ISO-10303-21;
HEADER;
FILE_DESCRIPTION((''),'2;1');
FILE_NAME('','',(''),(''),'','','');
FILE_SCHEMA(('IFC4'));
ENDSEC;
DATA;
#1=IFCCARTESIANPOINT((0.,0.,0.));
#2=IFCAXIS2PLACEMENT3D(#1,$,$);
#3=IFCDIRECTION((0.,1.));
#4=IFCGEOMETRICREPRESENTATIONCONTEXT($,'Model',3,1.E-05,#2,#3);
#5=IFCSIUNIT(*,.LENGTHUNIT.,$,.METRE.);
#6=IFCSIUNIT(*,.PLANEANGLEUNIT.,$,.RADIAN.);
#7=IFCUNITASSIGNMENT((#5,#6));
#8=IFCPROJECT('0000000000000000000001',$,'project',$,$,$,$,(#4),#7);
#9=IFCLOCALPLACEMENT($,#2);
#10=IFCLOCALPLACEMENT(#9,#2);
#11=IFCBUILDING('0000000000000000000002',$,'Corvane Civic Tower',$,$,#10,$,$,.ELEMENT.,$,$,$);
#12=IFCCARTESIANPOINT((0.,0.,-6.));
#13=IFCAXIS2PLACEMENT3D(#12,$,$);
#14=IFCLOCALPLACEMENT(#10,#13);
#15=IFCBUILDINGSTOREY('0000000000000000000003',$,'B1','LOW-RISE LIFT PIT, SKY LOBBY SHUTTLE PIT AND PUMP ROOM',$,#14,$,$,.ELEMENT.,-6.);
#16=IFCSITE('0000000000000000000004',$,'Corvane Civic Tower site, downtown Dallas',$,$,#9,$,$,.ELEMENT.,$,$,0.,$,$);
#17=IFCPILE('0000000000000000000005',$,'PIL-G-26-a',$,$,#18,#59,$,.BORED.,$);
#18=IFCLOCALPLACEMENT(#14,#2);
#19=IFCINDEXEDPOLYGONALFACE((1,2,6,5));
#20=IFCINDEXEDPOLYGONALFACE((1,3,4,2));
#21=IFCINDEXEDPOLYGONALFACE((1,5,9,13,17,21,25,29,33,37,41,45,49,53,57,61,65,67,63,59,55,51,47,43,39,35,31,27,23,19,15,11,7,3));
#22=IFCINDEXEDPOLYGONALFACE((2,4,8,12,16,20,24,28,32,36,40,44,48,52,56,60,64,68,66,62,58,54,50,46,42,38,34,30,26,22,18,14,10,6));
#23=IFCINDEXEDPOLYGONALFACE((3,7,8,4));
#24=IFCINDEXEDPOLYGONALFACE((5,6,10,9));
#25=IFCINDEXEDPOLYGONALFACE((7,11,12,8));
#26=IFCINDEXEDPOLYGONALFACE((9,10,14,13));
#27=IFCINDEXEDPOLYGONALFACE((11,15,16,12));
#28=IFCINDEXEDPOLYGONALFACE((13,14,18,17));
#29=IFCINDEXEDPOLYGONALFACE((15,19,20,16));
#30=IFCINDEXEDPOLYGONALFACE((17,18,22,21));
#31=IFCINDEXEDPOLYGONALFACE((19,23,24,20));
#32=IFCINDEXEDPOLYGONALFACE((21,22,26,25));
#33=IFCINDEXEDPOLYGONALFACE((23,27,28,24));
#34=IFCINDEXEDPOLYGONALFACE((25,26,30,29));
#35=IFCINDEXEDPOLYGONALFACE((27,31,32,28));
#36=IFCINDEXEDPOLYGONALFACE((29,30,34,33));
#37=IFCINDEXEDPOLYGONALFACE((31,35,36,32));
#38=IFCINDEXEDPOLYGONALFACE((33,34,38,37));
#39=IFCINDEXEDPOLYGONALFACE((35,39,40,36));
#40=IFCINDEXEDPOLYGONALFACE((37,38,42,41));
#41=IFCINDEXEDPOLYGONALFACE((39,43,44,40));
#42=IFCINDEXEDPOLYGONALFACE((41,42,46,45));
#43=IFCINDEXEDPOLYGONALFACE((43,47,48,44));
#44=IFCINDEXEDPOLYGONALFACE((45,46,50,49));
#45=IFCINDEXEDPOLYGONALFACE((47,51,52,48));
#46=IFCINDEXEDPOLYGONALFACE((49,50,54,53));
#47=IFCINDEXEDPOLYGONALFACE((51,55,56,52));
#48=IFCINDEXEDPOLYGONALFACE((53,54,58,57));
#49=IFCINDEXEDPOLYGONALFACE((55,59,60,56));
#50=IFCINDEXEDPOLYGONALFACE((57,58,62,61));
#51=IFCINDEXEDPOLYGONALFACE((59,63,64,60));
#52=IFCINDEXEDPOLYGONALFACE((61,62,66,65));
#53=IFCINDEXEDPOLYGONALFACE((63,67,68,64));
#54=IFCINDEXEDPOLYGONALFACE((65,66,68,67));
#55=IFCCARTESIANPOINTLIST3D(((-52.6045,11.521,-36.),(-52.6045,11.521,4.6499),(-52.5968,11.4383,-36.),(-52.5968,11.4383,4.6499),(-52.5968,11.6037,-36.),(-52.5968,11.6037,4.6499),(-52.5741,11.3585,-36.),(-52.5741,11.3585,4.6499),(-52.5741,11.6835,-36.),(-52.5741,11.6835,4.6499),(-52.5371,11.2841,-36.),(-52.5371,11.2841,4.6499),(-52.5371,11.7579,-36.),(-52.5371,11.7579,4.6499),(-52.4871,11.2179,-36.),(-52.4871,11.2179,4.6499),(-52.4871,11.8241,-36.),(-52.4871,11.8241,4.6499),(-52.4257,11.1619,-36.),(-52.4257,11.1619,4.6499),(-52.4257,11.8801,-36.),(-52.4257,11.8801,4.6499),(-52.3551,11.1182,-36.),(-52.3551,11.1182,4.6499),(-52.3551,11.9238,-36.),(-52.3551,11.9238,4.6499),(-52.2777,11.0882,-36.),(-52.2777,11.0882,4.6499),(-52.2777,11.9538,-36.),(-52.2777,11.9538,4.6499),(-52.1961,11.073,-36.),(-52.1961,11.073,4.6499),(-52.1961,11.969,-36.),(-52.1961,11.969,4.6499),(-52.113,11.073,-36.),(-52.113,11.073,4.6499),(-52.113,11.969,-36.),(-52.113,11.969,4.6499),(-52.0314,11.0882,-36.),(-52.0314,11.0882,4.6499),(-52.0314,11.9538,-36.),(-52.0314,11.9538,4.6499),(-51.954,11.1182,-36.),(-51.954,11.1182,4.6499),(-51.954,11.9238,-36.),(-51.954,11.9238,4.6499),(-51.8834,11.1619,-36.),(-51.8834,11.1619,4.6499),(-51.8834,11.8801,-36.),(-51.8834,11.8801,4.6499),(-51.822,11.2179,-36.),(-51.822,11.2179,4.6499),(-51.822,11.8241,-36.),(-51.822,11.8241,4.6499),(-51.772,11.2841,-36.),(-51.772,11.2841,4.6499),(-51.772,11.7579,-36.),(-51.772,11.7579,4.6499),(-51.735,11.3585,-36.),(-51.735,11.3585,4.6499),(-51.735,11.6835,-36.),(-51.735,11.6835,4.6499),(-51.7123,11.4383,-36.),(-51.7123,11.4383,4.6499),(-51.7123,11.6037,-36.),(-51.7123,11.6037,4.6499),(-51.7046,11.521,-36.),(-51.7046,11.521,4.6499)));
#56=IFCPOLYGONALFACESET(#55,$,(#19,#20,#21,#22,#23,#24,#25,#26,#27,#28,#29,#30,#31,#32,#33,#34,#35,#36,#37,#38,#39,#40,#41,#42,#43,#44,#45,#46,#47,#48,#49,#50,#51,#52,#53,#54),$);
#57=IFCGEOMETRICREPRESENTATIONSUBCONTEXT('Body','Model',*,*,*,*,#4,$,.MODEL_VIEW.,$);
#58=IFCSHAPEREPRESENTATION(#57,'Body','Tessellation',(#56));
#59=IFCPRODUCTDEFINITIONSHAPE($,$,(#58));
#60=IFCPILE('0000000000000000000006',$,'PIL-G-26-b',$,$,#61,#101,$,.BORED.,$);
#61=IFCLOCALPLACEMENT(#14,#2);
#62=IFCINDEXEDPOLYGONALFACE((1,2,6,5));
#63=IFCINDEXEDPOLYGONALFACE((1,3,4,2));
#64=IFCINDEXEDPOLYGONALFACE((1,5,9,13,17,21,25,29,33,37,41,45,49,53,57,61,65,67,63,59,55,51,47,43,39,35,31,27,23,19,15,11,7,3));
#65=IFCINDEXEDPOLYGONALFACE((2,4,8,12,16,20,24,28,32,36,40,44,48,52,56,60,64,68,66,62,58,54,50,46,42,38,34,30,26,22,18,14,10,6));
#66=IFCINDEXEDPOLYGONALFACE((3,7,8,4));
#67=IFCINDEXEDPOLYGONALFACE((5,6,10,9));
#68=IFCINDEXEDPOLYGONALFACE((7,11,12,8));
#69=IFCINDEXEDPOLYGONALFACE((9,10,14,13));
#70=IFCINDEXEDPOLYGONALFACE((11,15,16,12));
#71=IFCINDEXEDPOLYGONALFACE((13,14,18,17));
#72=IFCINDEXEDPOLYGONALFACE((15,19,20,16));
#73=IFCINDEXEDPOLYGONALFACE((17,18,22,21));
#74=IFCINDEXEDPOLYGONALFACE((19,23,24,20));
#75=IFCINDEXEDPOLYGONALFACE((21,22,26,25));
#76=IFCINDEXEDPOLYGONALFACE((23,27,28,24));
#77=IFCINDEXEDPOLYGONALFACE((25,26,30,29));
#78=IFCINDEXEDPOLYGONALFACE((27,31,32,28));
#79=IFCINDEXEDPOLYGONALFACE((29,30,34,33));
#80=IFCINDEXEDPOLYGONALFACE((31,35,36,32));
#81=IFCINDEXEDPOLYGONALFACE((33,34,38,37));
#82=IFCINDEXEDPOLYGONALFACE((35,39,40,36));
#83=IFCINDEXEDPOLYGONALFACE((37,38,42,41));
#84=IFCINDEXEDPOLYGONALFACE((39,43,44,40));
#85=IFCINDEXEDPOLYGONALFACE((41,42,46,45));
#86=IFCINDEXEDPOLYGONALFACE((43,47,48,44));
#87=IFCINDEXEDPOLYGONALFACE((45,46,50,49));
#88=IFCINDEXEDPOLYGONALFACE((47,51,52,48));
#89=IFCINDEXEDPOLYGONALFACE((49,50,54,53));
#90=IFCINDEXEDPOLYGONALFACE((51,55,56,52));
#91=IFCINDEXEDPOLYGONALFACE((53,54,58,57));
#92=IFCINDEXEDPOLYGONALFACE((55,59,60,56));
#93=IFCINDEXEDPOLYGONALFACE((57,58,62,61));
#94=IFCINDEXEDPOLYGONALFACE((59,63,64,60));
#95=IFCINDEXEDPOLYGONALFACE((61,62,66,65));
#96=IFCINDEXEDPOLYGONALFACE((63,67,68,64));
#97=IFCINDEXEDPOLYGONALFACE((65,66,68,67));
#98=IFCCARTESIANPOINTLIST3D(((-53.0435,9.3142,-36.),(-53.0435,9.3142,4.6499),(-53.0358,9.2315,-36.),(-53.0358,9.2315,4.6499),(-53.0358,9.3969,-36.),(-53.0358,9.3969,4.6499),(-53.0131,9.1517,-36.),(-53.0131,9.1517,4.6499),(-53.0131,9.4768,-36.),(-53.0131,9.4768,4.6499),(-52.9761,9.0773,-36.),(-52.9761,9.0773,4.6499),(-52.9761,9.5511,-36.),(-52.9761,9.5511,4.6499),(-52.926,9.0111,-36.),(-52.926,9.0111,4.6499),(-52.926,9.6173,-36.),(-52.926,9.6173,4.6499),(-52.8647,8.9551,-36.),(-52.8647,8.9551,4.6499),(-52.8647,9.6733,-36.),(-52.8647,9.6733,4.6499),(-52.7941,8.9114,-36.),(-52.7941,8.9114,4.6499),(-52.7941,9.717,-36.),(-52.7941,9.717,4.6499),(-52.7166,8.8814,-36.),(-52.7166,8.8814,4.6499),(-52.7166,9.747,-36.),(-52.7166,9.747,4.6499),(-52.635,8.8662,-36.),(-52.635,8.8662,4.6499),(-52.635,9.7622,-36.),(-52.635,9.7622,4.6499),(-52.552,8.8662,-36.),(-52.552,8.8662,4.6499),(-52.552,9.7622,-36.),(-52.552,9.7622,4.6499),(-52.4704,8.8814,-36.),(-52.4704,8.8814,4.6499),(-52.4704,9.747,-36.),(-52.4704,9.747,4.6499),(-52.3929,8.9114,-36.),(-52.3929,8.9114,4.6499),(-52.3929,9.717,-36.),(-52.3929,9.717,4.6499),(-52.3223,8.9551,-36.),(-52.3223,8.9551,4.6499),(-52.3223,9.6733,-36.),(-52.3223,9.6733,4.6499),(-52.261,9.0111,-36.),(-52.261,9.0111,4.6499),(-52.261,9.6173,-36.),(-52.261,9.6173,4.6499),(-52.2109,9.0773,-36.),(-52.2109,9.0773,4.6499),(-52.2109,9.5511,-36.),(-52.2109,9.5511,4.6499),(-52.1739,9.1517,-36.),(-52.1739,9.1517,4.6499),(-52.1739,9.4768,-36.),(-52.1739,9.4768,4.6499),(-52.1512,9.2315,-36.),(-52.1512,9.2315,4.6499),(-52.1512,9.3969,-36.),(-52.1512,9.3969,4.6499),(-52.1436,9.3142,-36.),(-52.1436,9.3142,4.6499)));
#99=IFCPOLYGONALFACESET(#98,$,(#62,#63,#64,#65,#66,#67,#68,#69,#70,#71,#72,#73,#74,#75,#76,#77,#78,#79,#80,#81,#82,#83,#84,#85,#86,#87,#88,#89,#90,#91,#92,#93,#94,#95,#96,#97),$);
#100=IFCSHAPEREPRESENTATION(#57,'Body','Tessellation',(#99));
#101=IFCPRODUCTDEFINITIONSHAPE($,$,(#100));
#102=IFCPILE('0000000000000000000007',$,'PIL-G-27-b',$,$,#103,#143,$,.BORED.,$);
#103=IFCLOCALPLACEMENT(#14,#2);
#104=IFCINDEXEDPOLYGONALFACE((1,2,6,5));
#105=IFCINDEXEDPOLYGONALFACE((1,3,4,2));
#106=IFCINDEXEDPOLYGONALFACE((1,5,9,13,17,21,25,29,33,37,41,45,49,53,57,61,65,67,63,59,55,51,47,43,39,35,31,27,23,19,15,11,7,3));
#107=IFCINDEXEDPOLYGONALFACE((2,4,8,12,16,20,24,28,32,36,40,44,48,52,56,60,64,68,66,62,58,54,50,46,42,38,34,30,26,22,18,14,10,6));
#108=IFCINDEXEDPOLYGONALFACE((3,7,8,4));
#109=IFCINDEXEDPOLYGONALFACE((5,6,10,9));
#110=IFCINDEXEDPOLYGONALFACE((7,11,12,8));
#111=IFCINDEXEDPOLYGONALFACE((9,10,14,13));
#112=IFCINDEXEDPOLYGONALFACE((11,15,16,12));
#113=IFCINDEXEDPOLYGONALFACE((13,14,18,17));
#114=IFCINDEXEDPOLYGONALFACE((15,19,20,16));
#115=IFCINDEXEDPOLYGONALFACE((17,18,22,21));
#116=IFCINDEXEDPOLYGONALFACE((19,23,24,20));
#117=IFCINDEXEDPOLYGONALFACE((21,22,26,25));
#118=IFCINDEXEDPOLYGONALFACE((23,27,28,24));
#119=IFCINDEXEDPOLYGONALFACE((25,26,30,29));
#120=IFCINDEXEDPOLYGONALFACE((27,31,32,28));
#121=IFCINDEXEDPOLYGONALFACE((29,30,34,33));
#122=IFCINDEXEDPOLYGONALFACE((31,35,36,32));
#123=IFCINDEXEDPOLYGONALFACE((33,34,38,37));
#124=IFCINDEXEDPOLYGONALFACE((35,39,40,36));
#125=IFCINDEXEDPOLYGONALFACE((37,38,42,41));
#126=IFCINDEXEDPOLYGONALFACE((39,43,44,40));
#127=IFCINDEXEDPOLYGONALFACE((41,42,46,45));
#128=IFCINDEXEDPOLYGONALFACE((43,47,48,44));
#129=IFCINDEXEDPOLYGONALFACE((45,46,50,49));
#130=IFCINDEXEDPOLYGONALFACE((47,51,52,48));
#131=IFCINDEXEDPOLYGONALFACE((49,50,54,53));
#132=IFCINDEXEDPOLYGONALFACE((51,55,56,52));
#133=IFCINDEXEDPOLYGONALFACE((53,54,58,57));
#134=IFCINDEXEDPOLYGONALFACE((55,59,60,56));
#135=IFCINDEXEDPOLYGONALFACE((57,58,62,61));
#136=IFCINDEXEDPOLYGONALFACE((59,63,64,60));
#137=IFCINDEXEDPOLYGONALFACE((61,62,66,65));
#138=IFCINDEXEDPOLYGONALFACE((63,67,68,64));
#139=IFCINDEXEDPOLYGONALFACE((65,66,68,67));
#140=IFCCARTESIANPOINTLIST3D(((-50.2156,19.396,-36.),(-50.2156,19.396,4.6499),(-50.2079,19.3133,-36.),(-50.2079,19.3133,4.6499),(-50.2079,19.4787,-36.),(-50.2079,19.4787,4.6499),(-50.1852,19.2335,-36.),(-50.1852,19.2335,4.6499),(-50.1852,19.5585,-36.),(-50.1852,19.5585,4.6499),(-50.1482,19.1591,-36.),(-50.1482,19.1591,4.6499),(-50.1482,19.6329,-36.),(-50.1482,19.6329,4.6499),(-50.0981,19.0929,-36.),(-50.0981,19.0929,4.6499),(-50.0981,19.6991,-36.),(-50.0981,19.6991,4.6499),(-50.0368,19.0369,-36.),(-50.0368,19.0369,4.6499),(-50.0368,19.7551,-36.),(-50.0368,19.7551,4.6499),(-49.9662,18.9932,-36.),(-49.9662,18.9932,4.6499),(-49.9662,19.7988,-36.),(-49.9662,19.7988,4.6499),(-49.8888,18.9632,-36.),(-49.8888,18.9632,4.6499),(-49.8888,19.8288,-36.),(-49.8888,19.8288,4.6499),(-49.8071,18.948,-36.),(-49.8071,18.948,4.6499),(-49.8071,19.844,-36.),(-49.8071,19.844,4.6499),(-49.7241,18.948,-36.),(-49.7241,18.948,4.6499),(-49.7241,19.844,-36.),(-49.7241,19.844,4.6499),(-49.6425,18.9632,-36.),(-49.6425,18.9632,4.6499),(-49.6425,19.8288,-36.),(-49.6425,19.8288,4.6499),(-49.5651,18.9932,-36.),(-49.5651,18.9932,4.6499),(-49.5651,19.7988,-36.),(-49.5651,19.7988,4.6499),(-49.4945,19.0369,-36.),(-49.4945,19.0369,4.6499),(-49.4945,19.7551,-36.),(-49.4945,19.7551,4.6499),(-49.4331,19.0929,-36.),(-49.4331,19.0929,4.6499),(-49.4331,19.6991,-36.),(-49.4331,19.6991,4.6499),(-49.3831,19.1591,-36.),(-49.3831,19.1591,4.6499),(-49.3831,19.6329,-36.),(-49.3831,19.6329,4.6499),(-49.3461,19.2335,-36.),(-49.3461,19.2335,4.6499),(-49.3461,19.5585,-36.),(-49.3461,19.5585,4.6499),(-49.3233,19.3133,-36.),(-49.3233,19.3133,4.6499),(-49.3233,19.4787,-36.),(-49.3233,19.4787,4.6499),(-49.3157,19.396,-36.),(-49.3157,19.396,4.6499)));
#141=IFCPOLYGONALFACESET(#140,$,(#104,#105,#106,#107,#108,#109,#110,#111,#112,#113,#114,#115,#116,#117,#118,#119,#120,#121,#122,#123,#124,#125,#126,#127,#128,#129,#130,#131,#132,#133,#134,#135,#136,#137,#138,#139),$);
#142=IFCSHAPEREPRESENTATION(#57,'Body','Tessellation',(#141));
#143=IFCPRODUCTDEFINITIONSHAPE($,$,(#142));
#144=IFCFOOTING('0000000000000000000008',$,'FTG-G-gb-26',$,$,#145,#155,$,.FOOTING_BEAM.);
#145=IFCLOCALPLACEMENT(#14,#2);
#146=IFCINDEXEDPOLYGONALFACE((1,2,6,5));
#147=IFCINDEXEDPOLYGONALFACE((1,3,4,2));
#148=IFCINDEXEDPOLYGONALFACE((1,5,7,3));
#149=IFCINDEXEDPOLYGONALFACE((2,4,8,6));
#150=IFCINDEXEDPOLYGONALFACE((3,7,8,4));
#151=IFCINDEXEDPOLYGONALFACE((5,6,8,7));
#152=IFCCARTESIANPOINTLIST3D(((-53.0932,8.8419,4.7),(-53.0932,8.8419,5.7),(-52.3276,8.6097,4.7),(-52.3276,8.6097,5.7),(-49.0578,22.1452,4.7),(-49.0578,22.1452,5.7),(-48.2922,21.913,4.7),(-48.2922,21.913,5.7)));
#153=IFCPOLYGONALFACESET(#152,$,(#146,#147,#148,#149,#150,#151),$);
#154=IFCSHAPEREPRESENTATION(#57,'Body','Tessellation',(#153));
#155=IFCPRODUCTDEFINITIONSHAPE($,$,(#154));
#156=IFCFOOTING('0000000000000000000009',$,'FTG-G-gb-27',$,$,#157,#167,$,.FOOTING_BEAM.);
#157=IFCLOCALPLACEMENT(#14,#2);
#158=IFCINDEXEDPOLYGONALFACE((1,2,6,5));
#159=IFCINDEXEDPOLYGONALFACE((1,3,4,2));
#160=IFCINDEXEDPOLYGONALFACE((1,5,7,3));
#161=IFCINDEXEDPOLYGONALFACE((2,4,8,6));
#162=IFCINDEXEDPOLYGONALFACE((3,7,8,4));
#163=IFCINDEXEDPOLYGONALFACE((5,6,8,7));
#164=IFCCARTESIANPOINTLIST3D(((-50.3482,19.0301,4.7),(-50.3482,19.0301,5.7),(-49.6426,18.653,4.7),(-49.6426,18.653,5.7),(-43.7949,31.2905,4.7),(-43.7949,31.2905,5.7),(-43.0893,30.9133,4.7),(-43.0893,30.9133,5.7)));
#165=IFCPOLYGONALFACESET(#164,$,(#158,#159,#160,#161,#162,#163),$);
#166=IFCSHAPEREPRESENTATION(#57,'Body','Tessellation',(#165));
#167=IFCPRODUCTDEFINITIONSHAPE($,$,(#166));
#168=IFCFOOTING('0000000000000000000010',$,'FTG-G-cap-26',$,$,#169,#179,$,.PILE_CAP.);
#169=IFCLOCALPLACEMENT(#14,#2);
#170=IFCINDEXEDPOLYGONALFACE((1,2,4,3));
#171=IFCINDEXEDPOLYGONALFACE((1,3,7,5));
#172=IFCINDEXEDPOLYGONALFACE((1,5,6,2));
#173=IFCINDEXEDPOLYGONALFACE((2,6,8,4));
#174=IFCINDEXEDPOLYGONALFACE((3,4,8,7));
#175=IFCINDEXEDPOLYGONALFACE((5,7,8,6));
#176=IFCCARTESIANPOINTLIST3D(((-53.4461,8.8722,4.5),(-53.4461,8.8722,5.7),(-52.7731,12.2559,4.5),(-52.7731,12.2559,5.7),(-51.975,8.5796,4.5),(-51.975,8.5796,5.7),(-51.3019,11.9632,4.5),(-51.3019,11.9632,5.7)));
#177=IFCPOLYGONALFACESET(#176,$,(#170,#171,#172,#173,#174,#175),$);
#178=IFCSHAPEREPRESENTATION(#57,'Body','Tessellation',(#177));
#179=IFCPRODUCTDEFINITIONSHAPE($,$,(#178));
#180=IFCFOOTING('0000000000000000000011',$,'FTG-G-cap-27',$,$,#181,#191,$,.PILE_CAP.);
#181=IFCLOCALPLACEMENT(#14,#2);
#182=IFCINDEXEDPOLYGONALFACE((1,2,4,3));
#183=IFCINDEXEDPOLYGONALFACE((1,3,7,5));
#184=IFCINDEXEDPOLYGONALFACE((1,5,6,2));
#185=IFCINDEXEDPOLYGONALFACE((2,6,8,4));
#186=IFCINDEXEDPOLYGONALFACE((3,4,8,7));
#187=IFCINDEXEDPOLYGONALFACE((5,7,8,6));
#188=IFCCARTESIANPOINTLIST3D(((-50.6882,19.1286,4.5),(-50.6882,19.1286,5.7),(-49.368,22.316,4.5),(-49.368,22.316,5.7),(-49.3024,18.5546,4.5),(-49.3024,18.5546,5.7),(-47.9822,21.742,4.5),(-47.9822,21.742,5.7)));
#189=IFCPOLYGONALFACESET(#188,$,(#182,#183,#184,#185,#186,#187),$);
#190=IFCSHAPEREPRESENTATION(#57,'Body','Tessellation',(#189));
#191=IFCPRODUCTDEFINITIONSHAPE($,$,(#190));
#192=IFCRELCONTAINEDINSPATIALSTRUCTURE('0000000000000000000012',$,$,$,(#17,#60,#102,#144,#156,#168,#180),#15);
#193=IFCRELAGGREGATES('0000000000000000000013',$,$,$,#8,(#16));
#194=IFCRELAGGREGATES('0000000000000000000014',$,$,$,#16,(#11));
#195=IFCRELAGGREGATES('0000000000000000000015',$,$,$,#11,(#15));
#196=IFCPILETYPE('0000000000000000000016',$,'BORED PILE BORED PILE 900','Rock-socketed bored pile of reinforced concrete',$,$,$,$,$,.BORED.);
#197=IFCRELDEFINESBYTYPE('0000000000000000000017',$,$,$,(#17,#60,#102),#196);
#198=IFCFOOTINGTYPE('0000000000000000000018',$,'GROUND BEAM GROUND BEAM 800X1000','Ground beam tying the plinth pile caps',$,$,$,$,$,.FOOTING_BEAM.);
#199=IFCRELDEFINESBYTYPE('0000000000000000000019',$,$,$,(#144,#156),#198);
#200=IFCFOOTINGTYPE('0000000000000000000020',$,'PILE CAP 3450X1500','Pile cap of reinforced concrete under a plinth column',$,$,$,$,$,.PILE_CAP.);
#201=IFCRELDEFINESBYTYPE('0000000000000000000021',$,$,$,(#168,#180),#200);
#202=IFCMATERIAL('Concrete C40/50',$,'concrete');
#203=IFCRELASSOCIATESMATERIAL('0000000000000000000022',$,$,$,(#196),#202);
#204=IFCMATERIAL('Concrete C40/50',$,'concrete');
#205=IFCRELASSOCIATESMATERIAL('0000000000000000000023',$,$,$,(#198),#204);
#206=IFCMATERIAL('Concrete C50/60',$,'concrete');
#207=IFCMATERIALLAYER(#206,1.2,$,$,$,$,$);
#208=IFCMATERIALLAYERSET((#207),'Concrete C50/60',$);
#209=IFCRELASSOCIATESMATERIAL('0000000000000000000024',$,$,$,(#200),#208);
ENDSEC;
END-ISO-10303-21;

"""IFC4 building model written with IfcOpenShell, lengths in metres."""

from ifc_helpers import new_model, si_unit, direction, frame, origin, origin_2d, place, context, subcontext, project, spatial, rectangle, circle, extrude, material, layer, layer_set, material_profile, profile_set, type_object, element, save


model = new_model("IFC4")

# Units and contexts
model_context = context("Model", 3, precision=1e-05, world=origin(), true_north=direction((0.0, 1.0)))
body_context = subcontext(model_context, "Body", "Model", "MODEL_VIEW")
ifc_project = project(units=[si_unit("LENGTHUNIT", "METRE"), si_unit("PLANEANGLEUNIT", "RADIAN")], contexts=[model_context])

# Site, building, storey
site_placement = place(None, origin())
site = spatial("IfcSite", under=ifc_project, at=site_placement, Name="Corvane Civic Tower site, downtown Dallas", CompositionType="ELEMENT", RefElevation=0.0)
building_placement = place(site_placement, origin())
building = spatial("IfcBuilding", under=site, at=building_placement, Name="Corvane Civic Tower", CompositionType="ELEMENT")
storey_placement = place(building_placement, frame((0.0, 0.0, -6.0)))
storey = spatial("IfcBuildingStorey", under=building, at=storey_placement, Name="B1", Description="LOW-RISE LIFT PIT, SKY LOBBY SHUTTLE PIT AND PUMP ROOM", CompositionType="ELEMENT", Elevation=-6.0)

# Piles
ifc_material_1 = material(Name="Concrete C40/50", Category="concrete")
ifc_material_profile_1 = material_profile(ifc_material_1, circle(Radius=0.45, at=origin_2d()), Name="BORED PILE 900")
ifc_profile_set_1 = profile_set([ifc_material_profile_1], Name="Concrete C40/50")
pile_type_1 = type_object("IfcPileType", Name="BORED PILE BORED PILE 900", Description="Rock-socketed bored pile of reinforced concrete", PredefinedType="BORED", material=ifc_profile_set_1)
for number, where, z_axis, x_axis, name in (
    (1, (-52.1545, 11.521, 4.6499), (0.0, 0.0, -1.0), (1.0, 0.0, 0.0), "PIL-G-26-a"),
    (2, (-52.5935, 9.3142, 4.6499), (0.0, 0.0, -1.0), (1.0, 0.0, 0.0), "PIL-G-26-b"),
    (3, (-49.7656, 19.396, 4.6499), (0.0, 0.0, -1.0), (1.0, 0.0, 0.0), "PIL-G-27-b"),
):
    element("IfcPile", number, at=place(storey_placement, frame(where, z_axis=z_axis, x_axis=x_axis)), inside=storey, type_object=pile_type_1, Name=name, PredefinedType="BORED", context=body_context, shape_type="SweptSolid", body=[
        extrude(circle(Radius=0.45, at=origin_2d()), origin(), (0.0, 0.0, 1.0), 40.6499),
    ])

# Footings
ifc_material_2 = material(Name="Concrete C40/50", Category="concrete")
ifc_material_profile_2 = material_profile(ifc_material_2, rectangle(XDim=0.8, YDim=1.0, at=origin_2d()), Name="GROUND BEAM 800X1000")
ifc_profile_set_2 = profile_set([ifc_material_profile_2], Name="Concrete C40/50")
footing_type_1 = type_object("IfcFootingType", Name="GROUND BEAM GROUND BEAM 800X1000", Description="Ground beam tying the plinth pile caps", PredefinedType="FOOTING_BEAM", material=ifc_profile_set_2)
for number, where, z_axis, x_axis, name in (
    (4, (-52.7104, 8.7258, 5.2), (0.290279, 0.956942, 0.0), (-0.956942, 0.290279, 0.0), "FTG-G-gb-26"),
    (5, (-49.9954, 18.8416, 5.2), (0.471396, 0.881922, 0.0), (-0.881922, 0.471396, 0.0), "FTG-G-gb-27"),
):
    element("IfcFooting", number, at=place(storey_placement, frame(where, z_axis=z_axis, x_axis=x_axis)), inside=storey, type_object=footing_type_1, Name=name, PredefinedType="FOOTING_BEAM", context=body_context, shape_type="SweptSolid", body=[
        extrude(rectangle(XDim=0.8, YDim=1.0, at=origin_2d()), origin(), (0.0, 0.0, 1.0), 13.9019),
    ])
ifc_material_3 = material(Name="Concrete C50/60", Category="concrete")
ifc_layer = layer(ifc_material_3, 1.2)
ifc_layer_set = layer_set([ifc_layer], Name="Concrete C50/60")
footing_type_2 = type_object("IfcFootingType", Name="PILE CAP 3450X1500", Description="Pile cap of reinforced concrete under a plinth column", PredefinedType="PILE_CAP", material=ifc_layer_set)
for number, where, z_axis, x_axis, name in (
    (6, (-52.374, 10.4177, 4.5), (0.0, 0.0, 1.0), (-0.19509, -0.980785, 0.0), "FTG-G-cap-26"),
    (7, (-49.3352, 20.4353, 4.5), (0.0, 0.0, 1.0), (-0.382683, -0.92388, 0.0), "FTG-G-cap-27"),
):
    element("IfcFooting", number, at=place(storey_placement, frame(where, z_axis=z_axis, x_axis=x_axis)), inside=storey, type_object=footing_type_2, Name=name, PredefinedType="PILE_CAP", context=body_context, shape_type="SweptSolid", body=[
        extrude(rectangle(XDim=3.45, YDim=1.5, at=origin_2d()), origin(), (0.0, 0.0, 1.0), 1.2),
    ])

save(model, "model.ifc")
